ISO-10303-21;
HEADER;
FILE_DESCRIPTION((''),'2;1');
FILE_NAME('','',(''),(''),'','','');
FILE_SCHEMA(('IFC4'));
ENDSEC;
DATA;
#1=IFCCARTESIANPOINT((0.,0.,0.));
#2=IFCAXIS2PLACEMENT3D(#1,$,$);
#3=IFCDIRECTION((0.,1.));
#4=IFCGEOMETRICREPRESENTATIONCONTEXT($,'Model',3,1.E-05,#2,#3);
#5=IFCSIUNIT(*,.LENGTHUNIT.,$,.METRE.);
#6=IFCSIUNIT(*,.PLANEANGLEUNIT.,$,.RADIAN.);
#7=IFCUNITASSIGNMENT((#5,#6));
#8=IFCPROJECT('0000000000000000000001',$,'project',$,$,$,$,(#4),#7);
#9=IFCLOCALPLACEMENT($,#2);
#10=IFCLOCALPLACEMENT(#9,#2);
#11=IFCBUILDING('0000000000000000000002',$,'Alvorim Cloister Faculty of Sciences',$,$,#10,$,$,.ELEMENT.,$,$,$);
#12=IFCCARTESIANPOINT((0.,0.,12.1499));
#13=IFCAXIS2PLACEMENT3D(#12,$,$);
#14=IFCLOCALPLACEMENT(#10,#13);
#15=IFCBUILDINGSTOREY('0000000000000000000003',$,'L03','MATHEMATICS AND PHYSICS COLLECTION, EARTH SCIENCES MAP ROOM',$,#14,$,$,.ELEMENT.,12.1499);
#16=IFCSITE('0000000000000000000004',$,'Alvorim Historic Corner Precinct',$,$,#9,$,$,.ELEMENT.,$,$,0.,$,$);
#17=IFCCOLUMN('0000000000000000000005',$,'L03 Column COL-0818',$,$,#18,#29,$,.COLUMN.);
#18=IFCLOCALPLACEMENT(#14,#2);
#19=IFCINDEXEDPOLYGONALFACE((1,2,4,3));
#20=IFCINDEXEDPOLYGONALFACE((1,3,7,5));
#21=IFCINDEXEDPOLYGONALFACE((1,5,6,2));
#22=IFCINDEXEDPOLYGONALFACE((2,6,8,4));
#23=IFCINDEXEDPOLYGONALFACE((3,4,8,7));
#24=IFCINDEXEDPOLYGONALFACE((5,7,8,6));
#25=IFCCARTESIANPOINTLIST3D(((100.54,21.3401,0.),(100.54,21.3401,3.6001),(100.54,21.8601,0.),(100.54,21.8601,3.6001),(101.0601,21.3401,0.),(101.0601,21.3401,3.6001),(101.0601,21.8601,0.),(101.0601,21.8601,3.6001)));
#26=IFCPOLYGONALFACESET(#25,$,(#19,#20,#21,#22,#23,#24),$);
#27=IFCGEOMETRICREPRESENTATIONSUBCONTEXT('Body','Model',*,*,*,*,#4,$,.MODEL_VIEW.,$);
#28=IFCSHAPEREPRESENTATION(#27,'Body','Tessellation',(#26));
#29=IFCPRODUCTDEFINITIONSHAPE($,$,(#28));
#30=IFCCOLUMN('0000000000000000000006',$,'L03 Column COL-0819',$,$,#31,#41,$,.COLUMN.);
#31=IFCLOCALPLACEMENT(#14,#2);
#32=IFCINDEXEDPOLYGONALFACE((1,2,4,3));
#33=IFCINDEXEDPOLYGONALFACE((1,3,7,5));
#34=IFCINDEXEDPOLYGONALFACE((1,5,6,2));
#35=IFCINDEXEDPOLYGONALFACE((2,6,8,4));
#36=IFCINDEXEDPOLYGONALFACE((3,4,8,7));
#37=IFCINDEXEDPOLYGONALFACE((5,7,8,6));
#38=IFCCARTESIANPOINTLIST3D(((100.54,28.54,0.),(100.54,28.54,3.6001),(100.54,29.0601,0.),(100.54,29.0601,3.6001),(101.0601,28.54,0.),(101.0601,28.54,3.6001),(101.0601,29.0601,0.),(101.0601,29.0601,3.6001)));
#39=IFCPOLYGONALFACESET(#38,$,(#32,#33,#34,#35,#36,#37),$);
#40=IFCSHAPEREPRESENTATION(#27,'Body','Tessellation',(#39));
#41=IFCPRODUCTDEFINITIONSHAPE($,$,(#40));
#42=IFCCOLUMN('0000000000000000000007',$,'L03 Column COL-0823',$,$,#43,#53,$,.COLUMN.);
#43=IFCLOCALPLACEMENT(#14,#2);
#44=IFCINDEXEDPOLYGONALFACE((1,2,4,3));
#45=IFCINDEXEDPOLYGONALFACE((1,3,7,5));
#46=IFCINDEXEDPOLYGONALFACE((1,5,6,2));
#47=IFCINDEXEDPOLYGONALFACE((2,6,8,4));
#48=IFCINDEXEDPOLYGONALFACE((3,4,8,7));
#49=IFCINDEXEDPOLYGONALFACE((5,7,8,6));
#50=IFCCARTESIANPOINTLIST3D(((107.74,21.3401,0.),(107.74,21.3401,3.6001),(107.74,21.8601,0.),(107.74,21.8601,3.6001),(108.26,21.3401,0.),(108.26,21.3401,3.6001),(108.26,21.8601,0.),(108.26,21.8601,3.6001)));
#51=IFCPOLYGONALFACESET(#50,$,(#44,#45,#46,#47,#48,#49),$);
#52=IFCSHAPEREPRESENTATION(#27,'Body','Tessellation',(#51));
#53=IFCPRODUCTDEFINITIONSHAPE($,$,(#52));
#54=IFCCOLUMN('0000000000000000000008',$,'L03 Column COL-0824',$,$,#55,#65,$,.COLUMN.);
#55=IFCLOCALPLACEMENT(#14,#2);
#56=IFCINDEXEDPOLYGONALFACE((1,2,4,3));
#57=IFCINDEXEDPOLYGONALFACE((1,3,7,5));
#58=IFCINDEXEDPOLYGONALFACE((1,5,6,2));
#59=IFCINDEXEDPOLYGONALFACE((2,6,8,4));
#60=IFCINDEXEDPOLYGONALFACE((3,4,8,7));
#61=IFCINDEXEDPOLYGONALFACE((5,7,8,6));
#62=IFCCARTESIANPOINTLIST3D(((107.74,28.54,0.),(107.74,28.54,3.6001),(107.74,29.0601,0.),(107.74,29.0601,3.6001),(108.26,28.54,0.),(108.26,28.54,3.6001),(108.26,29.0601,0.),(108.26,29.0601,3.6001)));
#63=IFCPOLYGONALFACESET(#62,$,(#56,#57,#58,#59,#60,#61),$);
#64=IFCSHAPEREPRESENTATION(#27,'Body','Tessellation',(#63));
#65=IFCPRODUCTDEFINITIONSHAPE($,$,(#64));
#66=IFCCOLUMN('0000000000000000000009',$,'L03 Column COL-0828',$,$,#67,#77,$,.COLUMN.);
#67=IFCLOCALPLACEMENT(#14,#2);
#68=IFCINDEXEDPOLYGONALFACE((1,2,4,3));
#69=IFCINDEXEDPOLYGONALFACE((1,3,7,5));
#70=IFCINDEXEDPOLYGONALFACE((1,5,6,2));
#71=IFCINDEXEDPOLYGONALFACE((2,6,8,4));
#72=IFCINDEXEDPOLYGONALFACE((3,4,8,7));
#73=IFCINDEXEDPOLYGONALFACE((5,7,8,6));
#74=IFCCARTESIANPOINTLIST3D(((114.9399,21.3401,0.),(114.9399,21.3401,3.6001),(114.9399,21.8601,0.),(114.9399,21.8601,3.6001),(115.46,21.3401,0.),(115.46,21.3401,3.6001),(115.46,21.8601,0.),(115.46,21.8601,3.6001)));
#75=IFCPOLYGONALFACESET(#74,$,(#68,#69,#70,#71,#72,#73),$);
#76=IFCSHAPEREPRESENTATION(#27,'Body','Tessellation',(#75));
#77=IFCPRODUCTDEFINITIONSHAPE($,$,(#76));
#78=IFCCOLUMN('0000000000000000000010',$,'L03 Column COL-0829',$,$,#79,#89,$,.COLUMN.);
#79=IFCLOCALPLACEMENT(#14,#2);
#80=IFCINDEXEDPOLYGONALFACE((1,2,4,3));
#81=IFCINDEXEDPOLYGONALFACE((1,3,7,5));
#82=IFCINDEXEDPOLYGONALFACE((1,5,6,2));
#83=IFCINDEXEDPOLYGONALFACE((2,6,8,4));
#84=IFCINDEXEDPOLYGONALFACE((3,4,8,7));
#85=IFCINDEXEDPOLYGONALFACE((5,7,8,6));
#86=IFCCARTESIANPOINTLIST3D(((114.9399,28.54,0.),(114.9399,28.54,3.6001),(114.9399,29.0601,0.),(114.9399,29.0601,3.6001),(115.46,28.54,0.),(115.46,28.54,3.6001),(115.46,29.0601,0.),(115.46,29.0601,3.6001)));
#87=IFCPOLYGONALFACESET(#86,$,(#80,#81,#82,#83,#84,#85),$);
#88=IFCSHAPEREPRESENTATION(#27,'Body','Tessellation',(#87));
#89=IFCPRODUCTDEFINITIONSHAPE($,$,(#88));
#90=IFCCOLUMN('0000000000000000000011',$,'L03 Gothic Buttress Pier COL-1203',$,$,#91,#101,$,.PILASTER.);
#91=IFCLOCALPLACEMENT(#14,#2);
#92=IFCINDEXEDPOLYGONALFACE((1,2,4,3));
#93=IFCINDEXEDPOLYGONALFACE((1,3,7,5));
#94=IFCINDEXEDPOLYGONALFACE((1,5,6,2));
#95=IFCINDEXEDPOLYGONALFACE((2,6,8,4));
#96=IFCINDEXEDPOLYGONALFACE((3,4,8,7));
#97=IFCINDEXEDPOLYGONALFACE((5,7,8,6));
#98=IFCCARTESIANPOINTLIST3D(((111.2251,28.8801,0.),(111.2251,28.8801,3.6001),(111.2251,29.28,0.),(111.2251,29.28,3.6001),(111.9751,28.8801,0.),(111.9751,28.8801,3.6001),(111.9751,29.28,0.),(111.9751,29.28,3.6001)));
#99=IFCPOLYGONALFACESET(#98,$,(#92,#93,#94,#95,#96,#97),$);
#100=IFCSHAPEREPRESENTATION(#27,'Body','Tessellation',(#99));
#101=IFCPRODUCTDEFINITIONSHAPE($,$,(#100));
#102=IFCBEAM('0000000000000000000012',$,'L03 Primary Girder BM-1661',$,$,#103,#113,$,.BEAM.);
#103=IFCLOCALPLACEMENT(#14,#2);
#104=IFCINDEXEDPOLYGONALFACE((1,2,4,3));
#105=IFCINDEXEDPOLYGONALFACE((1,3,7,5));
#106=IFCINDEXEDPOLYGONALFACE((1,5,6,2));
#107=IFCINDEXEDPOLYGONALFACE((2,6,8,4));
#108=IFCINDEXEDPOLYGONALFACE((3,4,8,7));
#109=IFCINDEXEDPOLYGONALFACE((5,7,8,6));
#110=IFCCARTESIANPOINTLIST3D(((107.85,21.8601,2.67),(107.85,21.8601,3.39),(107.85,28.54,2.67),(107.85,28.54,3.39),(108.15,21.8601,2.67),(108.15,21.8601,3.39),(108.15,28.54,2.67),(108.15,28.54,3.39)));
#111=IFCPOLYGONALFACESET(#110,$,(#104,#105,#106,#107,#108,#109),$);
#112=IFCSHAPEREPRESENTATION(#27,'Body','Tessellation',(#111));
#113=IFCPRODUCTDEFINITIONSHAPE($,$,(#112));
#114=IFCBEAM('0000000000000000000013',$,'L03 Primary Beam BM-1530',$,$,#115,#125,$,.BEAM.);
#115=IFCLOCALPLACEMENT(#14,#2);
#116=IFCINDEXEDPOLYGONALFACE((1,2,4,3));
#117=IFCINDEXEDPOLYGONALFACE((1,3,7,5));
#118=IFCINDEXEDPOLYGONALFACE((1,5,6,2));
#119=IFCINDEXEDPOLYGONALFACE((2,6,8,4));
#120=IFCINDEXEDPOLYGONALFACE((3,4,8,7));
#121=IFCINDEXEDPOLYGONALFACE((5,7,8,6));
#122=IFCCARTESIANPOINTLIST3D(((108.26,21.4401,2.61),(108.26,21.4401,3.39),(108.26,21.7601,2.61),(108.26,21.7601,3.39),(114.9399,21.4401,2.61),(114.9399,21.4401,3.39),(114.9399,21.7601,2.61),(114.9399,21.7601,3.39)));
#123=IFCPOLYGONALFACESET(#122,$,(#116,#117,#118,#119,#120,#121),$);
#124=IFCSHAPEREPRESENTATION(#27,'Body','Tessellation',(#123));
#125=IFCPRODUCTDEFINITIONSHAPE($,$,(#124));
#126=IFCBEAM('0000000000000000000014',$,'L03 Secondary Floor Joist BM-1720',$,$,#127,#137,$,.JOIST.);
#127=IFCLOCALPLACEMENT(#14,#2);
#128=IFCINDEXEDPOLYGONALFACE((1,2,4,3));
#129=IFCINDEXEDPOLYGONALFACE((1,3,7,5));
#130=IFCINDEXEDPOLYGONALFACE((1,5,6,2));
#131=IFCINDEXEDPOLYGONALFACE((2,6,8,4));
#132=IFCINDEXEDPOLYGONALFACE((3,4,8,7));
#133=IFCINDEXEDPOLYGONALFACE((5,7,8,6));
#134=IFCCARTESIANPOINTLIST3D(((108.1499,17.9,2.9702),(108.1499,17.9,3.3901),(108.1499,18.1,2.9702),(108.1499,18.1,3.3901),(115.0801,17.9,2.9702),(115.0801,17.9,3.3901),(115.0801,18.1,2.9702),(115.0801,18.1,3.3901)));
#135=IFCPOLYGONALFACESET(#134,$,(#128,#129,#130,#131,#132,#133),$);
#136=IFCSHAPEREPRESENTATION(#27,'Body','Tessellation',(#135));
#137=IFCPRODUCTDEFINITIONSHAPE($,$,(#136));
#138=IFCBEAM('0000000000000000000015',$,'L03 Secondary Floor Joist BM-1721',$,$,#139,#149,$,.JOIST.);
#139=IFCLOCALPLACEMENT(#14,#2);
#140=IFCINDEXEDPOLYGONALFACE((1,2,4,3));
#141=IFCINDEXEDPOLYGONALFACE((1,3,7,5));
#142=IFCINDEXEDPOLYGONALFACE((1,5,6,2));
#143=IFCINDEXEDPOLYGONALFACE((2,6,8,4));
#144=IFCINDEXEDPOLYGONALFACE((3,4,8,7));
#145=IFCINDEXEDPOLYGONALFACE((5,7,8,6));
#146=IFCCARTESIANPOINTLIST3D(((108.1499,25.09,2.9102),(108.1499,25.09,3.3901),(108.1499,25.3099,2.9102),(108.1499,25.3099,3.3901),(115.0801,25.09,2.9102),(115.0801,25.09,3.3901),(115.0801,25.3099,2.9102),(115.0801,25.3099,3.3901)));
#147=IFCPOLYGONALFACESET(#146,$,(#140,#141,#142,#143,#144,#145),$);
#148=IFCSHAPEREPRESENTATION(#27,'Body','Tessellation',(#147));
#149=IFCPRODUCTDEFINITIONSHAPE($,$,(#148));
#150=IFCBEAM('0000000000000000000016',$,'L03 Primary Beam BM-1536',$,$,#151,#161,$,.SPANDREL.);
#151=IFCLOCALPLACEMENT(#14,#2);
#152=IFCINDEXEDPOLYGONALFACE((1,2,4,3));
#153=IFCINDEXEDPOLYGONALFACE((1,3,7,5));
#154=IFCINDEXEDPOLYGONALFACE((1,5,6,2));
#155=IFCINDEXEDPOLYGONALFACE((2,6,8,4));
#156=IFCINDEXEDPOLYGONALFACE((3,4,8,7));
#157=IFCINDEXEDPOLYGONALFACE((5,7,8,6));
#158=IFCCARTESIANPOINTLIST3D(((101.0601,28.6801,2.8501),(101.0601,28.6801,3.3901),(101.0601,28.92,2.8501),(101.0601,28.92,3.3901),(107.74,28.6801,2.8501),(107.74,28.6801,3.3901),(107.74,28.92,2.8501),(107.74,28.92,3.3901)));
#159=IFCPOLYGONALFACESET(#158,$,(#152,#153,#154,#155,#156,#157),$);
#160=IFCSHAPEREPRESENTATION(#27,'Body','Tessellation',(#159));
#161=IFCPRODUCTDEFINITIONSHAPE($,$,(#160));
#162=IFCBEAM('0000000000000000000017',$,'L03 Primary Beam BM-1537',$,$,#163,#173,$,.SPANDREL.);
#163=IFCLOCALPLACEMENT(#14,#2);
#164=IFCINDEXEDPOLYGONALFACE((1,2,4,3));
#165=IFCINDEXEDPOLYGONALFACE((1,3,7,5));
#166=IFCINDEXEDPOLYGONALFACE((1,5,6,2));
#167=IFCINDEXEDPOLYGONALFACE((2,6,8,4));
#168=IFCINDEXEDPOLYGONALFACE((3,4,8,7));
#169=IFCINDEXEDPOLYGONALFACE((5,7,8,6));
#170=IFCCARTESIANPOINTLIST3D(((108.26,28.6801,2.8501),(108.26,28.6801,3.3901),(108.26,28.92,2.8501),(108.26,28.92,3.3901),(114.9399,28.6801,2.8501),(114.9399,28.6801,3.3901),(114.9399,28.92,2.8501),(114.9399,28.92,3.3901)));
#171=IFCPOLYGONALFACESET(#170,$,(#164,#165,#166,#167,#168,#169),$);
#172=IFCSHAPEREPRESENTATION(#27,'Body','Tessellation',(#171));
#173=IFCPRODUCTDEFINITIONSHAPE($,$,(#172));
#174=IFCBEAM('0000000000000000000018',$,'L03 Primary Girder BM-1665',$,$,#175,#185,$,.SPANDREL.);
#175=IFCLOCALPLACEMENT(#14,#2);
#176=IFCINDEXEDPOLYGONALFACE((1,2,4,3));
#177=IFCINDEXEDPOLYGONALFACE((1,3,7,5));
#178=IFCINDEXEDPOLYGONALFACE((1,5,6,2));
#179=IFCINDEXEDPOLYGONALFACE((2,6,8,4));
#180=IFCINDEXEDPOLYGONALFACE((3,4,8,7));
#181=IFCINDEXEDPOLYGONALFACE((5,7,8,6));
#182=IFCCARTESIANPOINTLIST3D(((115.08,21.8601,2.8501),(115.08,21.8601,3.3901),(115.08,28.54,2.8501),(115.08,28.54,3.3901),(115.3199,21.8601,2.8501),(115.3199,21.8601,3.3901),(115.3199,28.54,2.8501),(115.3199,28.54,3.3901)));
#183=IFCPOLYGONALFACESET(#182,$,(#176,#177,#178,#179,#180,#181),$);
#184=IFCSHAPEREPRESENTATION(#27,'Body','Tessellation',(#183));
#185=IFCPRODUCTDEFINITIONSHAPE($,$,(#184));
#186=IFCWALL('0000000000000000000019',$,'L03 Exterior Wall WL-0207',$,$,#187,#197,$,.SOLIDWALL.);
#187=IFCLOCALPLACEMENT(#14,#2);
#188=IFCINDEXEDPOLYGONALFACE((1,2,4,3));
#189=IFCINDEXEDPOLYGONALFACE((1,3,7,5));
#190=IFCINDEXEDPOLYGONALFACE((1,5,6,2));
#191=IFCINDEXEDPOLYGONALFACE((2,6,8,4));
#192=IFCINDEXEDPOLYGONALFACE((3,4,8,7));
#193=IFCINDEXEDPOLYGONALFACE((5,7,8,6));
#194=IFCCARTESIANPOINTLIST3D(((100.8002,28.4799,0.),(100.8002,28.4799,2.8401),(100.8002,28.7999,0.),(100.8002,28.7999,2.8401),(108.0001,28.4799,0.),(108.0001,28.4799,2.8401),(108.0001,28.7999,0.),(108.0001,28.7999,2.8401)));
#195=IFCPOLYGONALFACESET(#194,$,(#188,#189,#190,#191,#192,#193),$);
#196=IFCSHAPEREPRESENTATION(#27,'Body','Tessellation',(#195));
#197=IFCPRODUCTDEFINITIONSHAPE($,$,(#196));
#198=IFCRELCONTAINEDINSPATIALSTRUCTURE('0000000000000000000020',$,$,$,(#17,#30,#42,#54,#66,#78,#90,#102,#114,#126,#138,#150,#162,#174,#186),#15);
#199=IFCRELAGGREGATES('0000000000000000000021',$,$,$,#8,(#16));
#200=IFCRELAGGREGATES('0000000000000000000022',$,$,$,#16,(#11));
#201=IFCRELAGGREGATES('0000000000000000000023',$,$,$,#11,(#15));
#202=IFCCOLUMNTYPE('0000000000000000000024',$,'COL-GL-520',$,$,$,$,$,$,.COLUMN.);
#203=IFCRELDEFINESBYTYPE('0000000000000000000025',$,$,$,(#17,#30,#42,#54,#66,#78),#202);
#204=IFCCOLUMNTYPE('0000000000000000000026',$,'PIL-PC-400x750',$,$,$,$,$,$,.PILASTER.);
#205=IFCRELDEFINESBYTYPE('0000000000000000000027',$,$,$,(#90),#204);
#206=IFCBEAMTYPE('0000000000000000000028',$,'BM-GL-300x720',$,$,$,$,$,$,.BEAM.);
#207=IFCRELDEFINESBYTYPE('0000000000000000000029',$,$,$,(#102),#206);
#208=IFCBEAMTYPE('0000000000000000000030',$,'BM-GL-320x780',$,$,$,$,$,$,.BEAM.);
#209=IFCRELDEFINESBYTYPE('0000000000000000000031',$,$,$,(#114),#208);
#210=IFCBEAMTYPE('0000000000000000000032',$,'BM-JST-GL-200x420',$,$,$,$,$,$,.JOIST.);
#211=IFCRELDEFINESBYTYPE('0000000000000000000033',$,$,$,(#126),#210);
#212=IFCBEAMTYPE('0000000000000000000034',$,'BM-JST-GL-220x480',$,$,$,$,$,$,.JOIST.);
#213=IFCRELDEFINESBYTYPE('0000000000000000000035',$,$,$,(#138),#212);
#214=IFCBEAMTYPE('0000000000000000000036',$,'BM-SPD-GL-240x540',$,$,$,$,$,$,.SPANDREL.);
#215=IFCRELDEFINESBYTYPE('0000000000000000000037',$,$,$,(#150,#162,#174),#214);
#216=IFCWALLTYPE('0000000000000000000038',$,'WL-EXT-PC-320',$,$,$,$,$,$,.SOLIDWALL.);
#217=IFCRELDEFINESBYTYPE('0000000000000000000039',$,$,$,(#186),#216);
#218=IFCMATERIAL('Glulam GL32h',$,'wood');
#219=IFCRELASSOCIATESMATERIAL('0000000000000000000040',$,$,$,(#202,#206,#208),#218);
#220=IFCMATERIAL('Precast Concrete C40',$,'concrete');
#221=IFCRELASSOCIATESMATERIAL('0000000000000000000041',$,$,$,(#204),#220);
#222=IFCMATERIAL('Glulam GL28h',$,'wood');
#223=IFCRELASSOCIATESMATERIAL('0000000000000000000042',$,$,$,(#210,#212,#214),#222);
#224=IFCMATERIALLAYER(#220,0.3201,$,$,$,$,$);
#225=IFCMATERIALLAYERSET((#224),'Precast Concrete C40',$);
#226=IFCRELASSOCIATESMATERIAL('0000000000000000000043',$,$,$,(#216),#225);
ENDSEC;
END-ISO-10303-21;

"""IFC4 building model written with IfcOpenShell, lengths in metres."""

from ifc_helpers import new_model, si_unit, direction, frame, frame_2d, origin, origin_2d, place, context, subcontext, project, spatial, rectangle, extrude, material, layer, layer_set, material_profile, profile_set, type_object, element, save


model = new_model("IFC4")

# Units and contexts
model_context = context("Model", 3, precision=1e-05, world=origin(), true_north=direction((0.0, 1.0)))
body_context = subcontext(model_context, "Body", "Model", "MODEL_VIEW")
ifc_project = project(units=[si_unit("LENGTHUNIT", "METRE"), si_unit("PLANEANGLEUNIT", "RADIAN")], contexts=[model_context])

# Site, building, storey
site_placement = place(None, origin())
site = spatial("IfcSite", under=ifc_project, at=site_placement, Name="Alvorim Historic Corner Precinct", CompositionType="ELEMENT", RefElevation=0.0)
building_placement = place(site_placement, origin())
building = spatial("IfcBuilding", under=site, at=building_placement, Name="Alvorim Cloister Faculty of Sciences", CompositionType="ELEMENT")
storey_placement = place(building_placement, frame((0.0, 0.0, 12.1499)))
storey = spatial("IfcBuildingStorey", under=building, at=storey_placement, Name="L03", Description="MATHEMATICS AND PHYSICS COLLECTION, EARTH SCIENCES MAP ROOM", CompositionType="ELEMENT", Elevation=12.1499)

# Columns
ifc_material_1 = material(Name="Glulam GL32h", Category="wood")
ifc_material_profile_1 = material_profile(ifc_material_1, rectangle(XDim=0.52, YDim=0.52, at=origin_2d()), Name="GL32-COL-520x520")
ifc_profile_set_1 = profile_set([ifc_material_profile_1], Name="Glulam GL32h")
column_type_1 = type_object("IfcColumnType", Name="COL-GL-520", PredefinedType="COLUMN", material=ifc_profile_set_1)
for number, where, z_axis, x_axis, name in (
    (1, (100.8, 21.6001, 0.0), (0.0, 0.0, 1.0), (1.0, 0.0, 0.0), "L03 Column COL-0818"),
    (2, (100.8, 28.8, 0.0), (0.0, 0.0, 1.0), (1.0, 0.0, 0.0), "L03 Column COL-0819"),
    (3, (108.0, 21.6001, 0.0), (0.0, 0.0, 1.0), (1.0, 0.0, 0.0), "L03 Column COL-0823"),
    (4, (108.0, 28.8, 0.0), (0.0, 0.0, 1.0), (1.0, 0.0, 0.0), "L03 Column COL-0824"),
    (5, (115.2, 21.6001, 0.0), (0.0, 0.0, 1.0), (1.0, 0.0, 0.0), "L03 Column COL-0828"),
    (6, (115.2, 28.8, 0.0), (0.0, 0.0, 1.0), (1.0, 0.0, 0.0), "L03 Column COL-0829"),
):
    element("IfcColumn", number, at=place(storey_placement, frame(where, z_axis=z_axis, x_axis=x_axis)), inside=storey, type_object=column_type_1, Name=name, PredefinedType="COLUMN", context=body_context, shape_type="SweptSolid", body=[
        extrude(rectangle(XDim=0.52, YDim=0.52, at=origin_2d()), origin(), (0.0, 0.0, 1.0), 3.6001),
    ])
ifc_material_2 = material(Name="Precast Concrete C40", Category="concrete")
ifc_material_profile_2 = material_profile(ifc_material_2, rectangle(XDim=0.3999, YDim=0.75, at=origin_2d()), Name="RC40-PIL-400x750")
ifc_profile_set_2 = profile_set([ifc_material_profile_2], Name="Precast Concrete C40")
column_type_2 = type_object("IfcColumnType", Name="PIL-PC-400x750", PredefinedType="PILASTER", material=ifc_profile_set_2)
column_placement = place(storey_placement, frame((111.6001, 29.0801, 0.0), z_axis=(0.0, 0.0, 1.0), x_axis=(0.0, 1.0, 0.0)))
element("IfcColumn", 7, at=column_placement, inside=storey, type_object=column_type_2, Name="L03 Gothic Buttress Pier COL-1203", PredefinedType="PILASTER", context=body_context, shape_type="SweptSolid", body=[
    extrude(rectangle(XDim=0.3999, YDim=0.75, at=origin_2d()), origin(), (0.0, 0.0, 1.0), 3.6001),
])

# Beams
ifc_material_profile_3 = material_profile(ifc_material_1, rectangle(XDim=0.3, YDim=0.72, at=origin_2d()), Name="GL32-BM-300x720")
ifc_profile_set_3 = profile_set([ifc_material_profile_3], Name="Glulam GL32h")
beam_type_1 = type_object("IfcBeamType", Name="BM-GL-300x720", PredefinedType="BEAM", material=ifc_profile_set_3)
beam_1_placement = place(storey_placement, frame((108.0, 21.8601, 3.03), z_axis=(0.0, 1.0, 0.0), x_axis=(-1.0, 0.0, 0.0)))
element("IfcBeam", 8, at=beam_1_placement, inside=storey, type_object=beam_type_1, Name="L03 Primary Girder BM-1661", PredefinedType="BEAM", context=body_context, shape_type="SweptSolid", body=[
    extrude(rectangle(XDim=0.3, YDim=0.72, at=origin_2d()), origin(), (0.0, 0.0, 1.0), 6.6799),
])
ifc_material_profile_4 = material_profile(ifc_material_1, rectangle(XDim=0.3201, YDim=0.78, at=origin_2d()), Name="GL32-BM-320x780")
ifc_profile_set_4 = profile_set([ifc_material_profile_4], Name="Glulam GL32h")
beam_type_2 = type_object("IfcBeamType", Name="BM-GL-320x780", PredefinedType="BEAM", material=ifc_profile_set_4)
beam_2_placement = place(storey_placement, frame((108.26, 21.6001, 3.0), z_axis=(1.0, 0.0, 0.0), x_axis=(0.0, 1.0, 0.0)))
element("IfcBeam", 9, at=beam_2_placement, inside=storey, type_object=beam_type_2, Name="L03 Primary Beam BM-1530", PredefinedType="BEAM", context=body_context, shape_type="SweptSolid", body=[
    extrude(rectangle(XDim=0.3201, YDim=0.78, at=origin_2d()), origin(), (0.0, 0.0, 1.0), 6.6799),
])
ifc_material_3 = material(Name="Glulam GL28h", Category="wood")
ifc_material_profile_5 = material_profile(ifc_material_3, rectangle(XDim=0.2, YDim=0.4199, at=origin_2d()), Name="GL28-JST-200x420")
ifc_profile_set_5 = profile_set([ifc_material_profile_5], Name="Glulam GL28h")
beam_type_3 = type_object("IfcBeamType", Name="BM-JST-GL-200x420", PredefinedType="JOIST", material=ifc_profile_set_5)
beam_3_placement = place(storey_placement, frame((108.1499, 18.0, 3.1802), z_axis=(1.0, 0.0, 0.0), x_axis=(0.0, 1.0, 0.0)))
element("IfcBeam", 10, at=beam_3_placement, inside=storey, type_object=beam_type_3, Name="L03 Secondary Floor Joist BM-1720", PredefinedType="JOIST", context=body_context, shape_type="SweptSolid", body=[
    extrude(rectangle(XDim=0.2, YDim=0.4199, at=origin_2d()), origin(), (0.0, 0.0, 1.0), 6.9302),
])
ifc_material_profile_6 = material_profile(ifc_material_3, rectangle(XDim=0.22, YDim=0.48, at=origin_2d()), Name="GL28-JST-220x480")
ifc_profile_set_6 = profile_set([ifc_material_profile_6], Name="Glulam GL28h")
beam_type_4 = type_object("IfcBeamType", Name="BM-JST-GL-220x480", PredefinedType="JOIST", material=ifc_profile_set_6)
beam_4_placement = place(storey_placement, frame((108.1499, 25.2, 3.1501), z_axis=(1.0, 0.0, 0.0), x_axis=(0.0, 1.0, 0.0)))
element("IfcBeam", 11, at=beam_4_placement, inside=storey, type_object=beam_type_4, Name="L03 Secondary Floor Joist BM-1721", PredefinedType="JOIST", context=body_context, shape_type="SweptSolid", body=[
    extrude(rectangle(XDim=0.22, YDim=0.48, at=origin_2d()), origin(), (0.0, 0.0, 1.0), 6.9302),
])
ifc_material_profile_7 = material_profile(ifc_material_3, rectangle(XDim=0.24, YDim=0.54, at=origin_2d()), Name="GL28-SPD-240x540")
ifc_profile_set_7 = profile_set([ifc_material_profile_7], Name="Glulam GL28h")
beam_type_5 = type_object("IfcBeamType", Name="BM-SPD-GL-240x540", PredefinedType="SPANDREL", material=ifc_profile_set_7)
for number, where, z_axis, x_axis, name in (
    (12, (101.0601, 28.8, 3.1201), (1.0, 0.0, 0.0), (0.0, 1.0, 0.0), "L03 Primary Beam BM-1536"),
    (13, (108.26, 28.8, 3.1201), (1.0, 0.0, 0.0), (0.0, 1.0, 0.0), "L03 Primary Beam BM-1537"),
    (14, (115.2, 21.8601, 3.1201), (0.0, 1.0, 0.0), (-1.0, 0.0, 0.0), "L03 Primary Girder BM-1665"),
):
    element("IfcBeam", number, at=place(storey_placement, frame(where, z_axis=z_axis, x_axis=x_axis)), inside=storey, type_object=beam_type_5, Name=name, PredefinedType="SPANDREL", context=body_context, shape_type="SweptSolid", body=[
        extrude(rectangle(XDim=0.24, YDim=0.54, at=origin_2d()), origin(), (0.0, 0.0, 1.0), 6.6799),
    ])

# Wall
ifc_layer_1 = layer(ifc_material_2, 0.3201)
ifc_layer_set_1 = layer_set([ifc_layer_1], Name="Precast Concrete C40")
wall_type_1 = type_object("IfcWallType", Name="WL-EXT-PC-320", PredefinedType="SOLIDWALL", material=ifc_layer_set_1)
for number, where, z_axis, x_axis, name in (
    (15, (100.8, 28.6399, 0.0), (0.0, 0.0, 1.0), (1.0, 0.0, 0.0), "L03 Exterior Wall WL-0207"),
):
    element("IfcWall", number, at=place(storey_placement, frame(where, z_axis=z_axis, x_axis=x_axis)), inside=storey, type_object=wall_type_1, Name=name, PredefinedType="SOLIDWALL", context=body_context, shape_type="SweptSolid", body=[
        extrude(rectangle(XDim=7.2, YDim=0.3201, at=frame_2d((3.6001, 0.0))), origin(), (0.0, 0.0, 1.0), 2.8401),
    ])

save(model, "model.ifc")
